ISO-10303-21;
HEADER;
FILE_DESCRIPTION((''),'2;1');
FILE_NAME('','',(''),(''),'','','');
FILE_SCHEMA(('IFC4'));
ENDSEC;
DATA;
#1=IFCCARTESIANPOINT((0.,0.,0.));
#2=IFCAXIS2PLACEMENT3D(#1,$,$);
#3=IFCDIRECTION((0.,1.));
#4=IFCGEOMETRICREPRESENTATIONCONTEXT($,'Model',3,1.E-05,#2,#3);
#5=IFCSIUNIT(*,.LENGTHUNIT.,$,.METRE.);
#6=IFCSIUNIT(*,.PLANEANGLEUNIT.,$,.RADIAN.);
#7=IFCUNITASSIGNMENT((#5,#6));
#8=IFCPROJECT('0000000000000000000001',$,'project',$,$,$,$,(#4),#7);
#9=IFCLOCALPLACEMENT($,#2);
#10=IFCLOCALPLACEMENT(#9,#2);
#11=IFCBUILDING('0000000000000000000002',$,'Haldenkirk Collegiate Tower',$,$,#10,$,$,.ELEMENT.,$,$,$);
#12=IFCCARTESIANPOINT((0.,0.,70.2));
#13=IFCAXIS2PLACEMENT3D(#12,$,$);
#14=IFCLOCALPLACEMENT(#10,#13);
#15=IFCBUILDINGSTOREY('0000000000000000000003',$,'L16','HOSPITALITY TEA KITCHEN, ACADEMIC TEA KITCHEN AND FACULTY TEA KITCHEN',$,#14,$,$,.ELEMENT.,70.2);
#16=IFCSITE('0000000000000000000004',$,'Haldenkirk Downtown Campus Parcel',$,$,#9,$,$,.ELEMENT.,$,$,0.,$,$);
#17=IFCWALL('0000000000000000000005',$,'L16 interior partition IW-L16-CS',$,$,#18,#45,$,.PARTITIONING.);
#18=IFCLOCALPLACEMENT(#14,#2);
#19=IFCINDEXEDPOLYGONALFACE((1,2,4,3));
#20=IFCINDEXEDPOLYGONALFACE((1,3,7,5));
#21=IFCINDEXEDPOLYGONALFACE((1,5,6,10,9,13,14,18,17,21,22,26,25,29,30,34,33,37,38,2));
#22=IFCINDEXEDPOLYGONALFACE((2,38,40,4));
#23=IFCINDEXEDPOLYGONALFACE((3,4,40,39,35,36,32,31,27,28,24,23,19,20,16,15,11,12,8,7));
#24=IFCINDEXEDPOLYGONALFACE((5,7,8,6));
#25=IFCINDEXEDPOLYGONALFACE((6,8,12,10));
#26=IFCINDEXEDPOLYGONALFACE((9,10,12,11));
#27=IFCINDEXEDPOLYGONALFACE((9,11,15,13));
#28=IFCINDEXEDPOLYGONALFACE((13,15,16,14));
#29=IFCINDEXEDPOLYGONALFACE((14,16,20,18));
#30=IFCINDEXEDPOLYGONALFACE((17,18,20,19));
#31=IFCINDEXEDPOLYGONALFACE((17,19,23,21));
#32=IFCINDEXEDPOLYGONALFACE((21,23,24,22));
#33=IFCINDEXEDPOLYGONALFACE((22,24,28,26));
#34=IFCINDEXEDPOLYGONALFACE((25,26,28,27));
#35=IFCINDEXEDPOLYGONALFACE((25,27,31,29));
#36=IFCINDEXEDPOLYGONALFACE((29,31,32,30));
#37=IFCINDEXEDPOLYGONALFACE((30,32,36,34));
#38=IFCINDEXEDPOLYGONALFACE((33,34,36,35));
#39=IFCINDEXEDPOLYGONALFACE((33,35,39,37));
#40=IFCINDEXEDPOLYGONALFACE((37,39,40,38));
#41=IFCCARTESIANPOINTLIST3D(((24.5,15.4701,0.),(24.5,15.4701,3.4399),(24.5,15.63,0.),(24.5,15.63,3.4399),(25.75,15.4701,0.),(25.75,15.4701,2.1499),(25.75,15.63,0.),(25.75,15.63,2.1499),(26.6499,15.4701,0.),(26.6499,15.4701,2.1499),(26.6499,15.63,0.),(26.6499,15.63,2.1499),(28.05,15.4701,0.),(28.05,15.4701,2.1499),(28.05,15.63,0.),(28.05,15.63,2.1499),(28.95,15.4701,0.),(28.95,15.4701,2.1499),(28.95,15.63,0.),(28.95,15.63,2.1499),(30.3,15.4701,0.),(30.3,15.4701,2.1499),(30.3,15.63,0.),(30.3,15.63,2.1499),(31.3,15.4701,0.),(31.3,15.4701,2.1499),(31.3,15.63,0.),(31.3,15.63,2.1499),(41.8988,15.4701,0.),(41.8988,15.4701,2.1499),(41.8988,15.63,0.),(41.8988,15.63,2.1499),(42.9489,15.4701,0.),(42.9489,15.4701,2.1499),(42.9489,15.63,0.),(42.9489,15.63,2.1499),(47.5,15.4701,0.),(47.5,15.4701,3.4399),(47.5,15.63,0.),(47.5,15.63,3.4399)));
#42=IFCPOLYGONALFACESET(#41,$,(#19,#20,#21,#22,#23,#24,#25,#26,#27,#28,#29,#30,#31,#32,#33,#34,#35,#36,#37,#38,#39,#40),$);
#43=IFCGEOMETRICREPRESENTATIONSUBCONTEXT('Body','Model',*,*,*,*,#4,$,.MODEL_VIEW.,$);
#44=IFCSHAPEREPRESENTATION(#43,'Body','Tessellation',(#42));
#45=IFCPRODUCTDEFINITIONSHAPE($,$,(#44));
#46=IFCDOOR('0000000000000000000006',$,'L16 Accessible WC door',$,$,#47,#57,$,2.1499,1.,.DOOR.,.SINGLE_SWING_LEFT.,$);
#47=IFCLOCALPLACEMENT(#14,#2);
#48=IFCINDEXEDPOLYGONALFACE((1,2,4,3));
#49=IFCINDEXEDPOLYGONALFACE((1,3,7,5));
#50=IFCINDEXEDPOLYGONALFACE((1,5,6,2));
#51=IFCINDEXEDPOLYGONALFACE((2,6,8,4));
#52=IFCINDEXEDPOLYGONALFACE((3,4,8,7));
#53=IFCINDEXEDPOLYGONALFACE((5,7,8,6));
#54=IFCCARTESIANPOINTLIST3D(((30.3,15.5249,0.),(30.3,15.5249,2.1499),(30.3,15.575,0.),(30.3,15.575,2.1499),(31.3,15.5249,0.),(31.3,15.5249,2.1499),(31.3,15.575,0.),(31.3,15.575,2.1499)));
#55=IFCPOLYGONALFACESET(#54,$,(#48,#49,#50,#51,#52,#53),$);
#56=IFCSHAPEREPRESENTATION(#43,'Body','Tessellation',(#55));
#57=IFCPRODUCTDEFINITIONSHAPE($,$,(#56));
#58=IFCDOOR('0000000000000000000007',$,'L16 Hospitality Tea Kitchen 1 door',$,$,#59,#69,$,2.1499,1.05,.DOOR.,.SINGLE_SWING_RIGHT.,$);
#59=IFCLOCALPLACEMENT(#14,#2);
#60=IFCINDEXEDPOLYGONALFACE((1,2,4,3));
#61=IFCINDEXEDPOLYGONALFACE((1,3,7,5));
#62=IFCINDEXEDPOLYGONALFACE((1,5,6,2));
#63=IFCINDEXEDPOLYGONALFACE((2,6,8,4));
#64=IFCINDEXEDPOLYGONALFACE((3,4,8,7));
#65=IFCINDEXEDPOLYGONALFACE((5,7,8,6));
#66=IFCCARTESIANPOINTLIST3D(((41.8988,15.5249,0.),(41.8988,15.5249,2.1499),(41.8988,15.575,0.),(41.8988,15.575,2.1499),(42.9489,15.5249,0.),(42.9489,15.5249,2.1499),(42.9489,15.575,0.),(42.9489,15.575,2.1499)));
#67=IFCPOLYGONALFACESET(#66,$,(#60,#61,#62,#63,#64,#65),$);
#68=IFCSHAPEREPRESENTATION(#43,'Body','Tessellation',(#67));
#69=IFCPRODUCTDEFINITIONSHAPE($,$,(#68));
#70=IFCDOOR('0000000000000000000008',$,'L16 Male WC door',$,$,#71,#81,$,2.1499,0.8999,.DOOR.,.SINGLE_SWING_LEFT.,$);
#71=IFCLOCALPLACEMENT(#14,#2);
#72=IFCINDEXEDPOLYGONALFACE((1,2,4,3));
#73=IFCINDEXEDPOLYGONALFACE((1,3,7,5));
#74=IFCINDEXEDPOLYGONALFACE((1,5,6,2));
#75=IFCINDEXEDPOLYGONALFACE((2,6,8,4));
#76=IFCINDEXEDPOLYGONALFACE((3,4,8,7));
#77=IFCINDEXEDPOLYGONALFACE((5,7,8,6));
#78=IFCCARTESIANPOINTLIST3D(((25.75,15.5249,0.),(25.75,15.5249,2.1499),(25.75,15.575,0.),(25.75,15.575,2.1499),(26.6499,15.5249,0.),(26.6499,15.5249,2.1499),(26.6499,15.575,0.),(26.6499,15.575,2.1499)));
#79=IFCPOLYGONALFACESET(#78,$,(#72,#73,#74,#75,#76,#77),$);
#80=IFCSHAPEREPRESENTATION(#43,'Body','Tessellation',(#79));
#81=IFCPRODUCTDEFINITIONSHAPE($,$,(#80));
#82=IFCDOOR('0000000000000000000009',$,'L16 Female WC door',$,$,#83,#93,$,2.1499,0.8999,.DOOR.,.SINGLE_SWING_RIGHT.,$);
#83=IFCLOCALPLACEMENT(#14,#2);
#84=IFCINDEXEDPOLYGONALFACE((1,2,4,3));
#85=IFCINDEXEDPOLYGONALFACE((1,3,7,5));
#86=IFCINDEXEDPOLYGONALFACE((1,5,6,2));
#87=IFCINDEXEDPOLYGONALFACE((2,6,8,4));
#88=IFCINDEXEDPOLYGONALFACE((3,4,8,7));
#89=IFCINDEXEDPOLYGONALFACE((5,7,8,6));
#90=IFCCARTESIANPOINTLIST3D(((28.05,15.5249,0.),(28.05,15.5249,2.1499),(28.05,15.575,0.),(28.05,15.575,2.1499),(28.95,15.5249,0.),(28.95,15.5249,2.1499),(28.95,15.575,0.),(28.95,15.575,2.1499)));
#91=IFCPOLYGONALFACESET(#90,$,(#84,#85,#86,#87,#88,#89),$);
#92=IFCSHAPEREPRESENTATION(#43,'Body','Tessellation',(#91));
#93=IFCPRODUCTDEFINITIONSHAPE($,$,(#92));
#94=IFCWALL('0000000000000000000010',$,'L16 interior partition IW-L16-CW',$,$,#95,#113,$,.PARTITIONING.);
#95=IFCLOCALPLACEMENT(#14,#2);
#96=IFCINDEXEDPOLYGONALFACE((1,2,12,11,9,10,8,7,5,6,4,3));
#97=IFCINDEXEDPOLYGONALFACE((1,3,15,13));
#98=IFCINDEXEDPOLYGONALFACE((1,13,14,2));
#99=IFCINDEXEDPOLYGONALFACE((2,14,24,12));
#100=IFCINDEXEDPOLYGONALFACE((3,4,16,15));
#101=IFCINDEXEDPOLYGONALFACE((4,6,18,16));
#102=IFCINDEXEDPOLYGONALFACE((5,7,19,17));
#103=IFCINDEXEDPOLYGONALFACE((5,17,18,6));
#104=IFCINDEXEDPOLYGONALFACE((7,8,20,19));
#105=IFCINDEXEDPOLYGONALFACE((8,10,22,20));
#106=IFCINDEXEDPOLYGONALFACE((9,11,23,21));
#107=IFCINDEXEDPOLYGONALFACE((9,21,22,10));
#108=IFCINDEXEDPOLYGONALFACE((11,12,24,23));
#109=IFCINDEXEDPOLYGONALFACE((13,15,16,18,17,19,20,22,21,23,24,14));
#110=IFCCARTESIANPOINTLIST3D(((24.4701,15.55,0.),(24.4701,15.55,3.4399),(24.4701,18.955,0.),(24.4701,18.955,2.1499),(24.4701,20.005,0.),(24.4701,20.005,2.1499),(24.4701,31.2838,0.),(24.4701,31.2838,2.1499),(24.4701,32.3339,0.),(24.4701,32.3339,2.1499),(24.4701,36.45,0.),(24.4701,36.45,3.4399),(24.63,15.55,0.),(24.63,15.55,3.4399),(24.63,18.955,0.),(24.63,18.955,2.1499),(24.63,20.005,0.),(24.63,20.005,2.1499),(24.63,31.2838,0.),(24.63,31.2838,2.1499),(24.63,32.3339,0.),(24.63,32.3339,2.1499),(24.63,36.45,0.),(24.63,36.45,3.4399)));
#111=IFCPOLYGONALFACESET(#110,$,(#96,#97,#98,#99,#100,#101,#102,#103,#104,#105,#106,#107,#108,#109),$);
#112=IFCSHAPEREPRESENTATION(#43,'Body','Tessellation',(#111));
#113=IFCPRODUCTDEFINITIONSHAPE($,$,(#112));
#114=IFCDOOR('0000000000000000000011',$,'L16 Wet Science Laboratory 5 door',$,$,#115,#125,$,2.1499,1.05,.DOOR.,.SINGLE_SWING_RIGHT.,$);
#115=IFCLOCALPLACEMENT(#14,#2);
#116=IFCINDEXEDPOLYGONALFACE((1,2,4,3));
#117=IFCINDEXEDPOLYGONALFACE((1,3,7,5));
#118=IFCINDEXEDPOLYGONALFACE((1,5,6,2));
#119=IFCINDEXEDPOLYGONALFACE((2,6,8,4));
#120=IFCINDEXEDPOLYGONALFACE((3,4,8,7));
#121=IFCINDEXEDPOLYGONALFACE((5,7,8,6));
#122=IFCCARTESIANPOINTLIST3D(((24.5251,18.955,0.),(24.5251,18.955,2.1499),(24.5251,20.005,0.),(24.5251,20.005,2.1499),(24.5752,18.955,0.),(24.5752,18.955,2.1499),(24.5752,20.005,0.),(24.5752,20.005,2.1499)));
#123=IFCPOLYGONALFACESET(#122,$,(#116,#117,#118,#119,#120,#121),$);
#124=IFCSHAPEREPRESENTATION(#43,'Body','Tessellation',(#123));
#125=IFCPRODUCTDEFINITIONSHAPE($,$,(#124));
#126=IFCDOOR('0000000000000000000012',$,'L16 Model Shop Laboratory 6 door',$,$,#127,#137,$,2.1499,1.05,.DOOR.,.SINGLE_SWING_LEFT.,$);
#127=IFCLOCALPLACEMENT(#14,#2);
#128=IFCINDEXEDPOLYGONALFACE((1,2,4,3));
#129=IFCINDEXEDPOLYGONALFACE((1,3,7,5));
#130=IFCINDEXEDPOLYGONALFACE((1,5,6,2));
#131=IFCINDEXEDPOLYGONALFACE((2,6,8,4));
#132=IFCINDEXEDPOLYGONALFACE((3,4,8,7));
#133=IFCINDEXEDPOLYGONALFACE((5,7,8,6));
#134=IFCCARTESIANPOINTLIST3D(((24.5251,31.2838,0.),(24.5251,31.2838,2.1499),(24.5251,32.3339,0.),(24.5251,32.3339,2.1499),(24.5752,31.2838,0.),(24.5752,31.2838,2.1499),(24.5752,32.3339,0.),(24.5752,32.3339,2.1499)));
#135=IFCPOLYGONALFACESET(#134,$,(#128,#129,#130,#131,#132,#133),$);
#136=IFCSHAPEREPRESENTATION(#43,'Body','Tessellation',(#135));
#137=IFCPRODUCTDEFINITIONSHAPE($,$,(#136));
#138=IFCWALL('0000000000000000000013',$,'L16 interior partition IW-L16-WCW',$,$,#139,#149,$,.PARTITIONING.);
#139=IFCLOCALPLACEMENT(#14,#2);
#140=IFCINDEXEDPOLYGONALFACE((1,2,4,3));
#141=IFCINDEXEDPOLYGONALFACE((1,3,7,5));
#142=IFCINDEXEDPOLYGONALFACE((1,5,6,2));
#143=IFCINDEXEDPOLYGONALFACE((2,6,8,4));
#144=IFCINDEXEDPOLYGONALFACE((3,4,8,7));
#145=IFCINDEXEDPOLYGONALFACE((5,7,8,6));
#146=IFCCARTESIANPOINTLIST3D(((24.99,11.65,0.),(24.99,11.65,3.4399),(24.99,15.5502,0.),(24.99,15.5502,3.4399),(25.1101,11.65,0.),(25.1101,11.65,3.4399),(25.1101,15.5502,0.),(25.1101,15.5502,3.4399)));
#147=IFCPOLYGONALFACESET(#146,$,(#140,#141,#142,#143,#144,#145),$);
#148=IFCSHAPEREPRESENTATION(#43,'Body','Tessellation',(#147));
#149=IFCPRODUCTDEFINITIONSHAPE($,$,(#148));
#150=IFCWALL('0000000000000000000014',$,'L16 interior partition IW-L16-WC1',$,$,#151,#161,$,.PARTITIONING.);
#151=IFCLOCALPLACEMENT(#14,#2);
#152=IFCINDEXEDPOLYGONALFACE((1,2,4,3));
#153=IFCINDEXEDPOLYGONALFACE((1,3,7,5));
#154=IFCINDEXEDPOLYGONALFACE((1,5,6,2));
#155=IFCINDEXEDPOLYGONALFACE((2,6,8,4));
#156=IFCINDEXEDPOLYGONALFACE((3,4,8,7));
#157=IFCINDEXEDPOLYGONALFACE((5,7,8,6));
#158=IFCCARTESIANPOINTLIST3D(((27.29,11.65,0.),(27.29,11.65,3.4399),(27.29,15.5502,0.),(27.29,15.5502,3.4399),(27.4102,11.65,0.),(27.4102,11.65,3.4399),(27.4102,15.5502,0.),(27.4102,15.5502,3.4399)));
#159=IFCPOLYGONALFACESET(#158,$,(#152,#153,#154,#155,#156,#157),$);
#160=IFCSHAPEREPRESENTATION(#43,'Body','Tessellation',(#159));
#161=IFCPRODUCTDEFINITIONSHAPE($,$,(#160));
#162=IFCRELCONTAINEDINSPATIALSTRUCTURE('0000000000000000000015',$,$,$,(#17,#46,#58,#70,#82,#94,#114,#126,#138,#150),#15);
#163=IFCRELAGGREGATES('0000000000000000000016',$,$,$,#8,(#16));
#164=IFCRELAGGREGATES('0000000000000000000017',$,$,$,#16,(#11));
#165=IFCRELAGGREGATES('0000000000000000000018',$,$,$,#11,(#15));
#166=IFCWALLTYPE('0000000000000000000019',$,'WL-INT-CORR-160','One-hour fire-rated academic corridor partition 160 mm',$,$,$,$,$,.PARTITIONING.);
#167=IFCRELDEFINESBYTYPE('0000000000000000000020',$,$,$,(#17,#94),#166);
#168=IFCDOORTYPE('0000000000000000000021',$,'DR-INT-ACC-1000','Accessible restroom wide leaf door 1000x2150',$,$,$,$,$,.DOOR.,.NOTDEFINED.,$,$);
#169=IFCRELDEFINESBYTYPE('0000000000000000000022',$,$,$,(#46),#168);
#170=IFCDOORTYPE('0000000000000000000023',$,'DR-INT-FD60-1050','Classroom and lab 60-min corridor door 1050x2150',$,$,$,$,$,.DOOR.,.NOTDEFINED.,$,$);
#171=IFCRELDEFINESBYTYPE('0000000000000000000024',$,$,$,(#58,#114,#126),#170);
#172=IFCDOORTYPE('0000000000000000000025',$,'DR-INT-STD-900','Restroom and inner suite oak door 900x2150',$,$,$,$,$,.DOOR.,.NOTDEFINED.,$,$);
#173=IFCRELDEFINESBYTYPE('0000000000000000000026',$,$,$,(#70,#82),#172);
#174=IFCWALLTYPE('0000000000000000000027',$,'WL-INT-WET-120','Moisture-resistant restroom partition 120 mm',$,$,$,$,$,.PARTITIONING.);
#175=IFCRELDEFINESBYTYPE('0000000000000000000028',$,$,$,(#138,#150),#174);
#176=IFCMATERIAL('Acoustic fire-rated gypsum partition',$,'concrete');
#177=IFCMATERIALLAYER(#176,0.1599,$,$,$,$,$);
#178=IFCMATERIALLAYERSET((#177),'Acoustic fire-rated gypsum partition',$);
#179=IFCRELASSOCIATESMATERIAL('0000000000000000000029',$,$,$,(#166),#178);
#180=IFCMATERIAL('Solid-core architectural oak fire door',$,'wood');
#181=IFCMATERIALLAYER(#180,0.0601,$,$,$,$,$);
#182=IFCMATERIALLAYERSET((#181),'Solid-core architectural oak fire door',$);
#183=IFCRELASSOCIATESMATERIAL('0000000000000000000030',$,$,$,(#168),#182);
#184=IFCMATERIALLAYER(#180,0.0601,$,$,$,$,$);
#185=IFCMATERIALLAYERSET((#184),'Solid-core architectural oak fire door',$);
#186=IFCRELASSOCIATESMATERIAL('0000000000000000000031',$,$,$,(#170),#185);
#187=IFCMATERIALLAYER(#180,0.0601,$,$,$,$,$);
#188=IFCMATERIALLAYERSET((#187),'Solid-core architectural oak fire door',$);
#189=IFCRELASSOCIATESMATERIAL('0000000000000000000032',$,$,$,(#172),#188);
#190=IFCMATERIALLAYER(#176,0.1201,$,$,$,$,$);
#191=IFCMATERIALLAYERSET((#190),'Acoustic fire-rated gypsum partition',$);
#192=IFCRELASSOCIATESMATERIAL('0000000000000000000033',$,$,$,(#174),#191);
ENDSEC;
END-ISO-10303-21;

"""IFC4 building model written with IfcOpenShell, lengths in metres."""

from ifc_helpers import new_model, si_unit, direction, frame, frame_2d, origin, place, context, subcontext, project, spatial, rectangle, extrude, material, layer, layer_set, type_object, element, fill, save


model = new_model("IFC4")

# Units and contexts
model_context = context("Model", 3, precision=1e-05, world=origin(), true_north=direction((0.0, 1.0)))
body_context = subcontext(model_context, "Body", "Model", "MODEL_VIEW")
ifc_project = project(units=[si_unit("LENGTHUNIT", "METRE"), si_unit("PLANEANGLEUNIT", "RADIAN")], contexts=[model_context])

# Site, building, storey
site_placement = place(None, origin())
site = spatial("IfcSite", under=ifc_project, at=site_placement, Name="Haldenkirk Downtown Campus Parcel", CompositionType="ELEMENT", RefElevation=0.0)
building_placement = place(site_placement, origin())
building = spatial("IfcBuilding", under=site, at=building_placement, Name="Haldenkirk Collegiate Tower", CompositionType="ELEMENT")
storey_placement = place(building_placement, frame((0.0, 0.0, 70.2)))
storey = spatial("IfcBuildingStorey", under=building, at=storey_placement, Name="L16", Description="HOSPITALITY TEA KITCHEN, ACADEMIC TEA KITCHEN AND FACULTY TEA KITCHEN", CompositionType="ELEMENT", Elevation=70.2)

# Walls, openings, doors
ifc_material_1 = material(Name="Acoustic fire-rated gypsum partition", Category="concrete")
ifc_layer_1 = layer(ifc_material_1, 0.1599)
ifc_layer_set_1 = layer_set([ifc_layer_1], Name="Acoustic fire-rated gypsum partition")
wall_type_1 = type_object("IfcWallType", Name="WL-INT-CORR-160", Description="One-hour fire-rated academic corridor partition 160 mm", PredefinedType="PARTITIONING", material=ifc_layer_set_1)
wall_1_placement = place(storey_placement, frame((24.5, 15.55, 0.0), z_axis=(0.0, 0.0, 1.0), x_axis=(1.0, 0.0, 0.0)))
wall_1 = element("IfcWall", 1, at=wall_1_placement, inside=storey, type_object=wall_type_1, Name="L16 interior partition IW-L16-CS", PredefinedType="PARTITIONING", context=body_context, shape_type="SweptSolid", body=[
    extrude(rectangle(XDim=23.0, YDim=0.1599, at=frame_2d((11.5, 0.0))), origin(), (0.0, 0.0, 1.0), 3.4399),
])
opening_1_placement = place(wall_1_placement, frame((1.25, 0.0, 0.0)))
opening_1 = element("IfcOpeningElement", 2, at=opening_1_placement, cuts=wall_1, PredefinedType="OPENING", context=body_context, shape_type="SweptSolid", body=[
    extrude(rectangle(XDim=0.8999, YDim=2.1499, at=frame_2d((0.45, 1.075))), frame((0.0, 0.0898, 0.0), z_axis=(0.0, -1.0, 0.0), x_axis=(1.0, 0.0, 0.0)), (0.0, 0.0, 1.0), 0.1799),
])
opening_2_placement = place(wall_1_placement, frame((3.55, 0.0, 0.0)))
opening_2 = element("IfcOpeningElement", 3, at=opening_2_placement, cuts=wall_1, PredefinedType="OPENING", context=body_context, shape_type="SweptSolid", body=[
    extrude(rectangle(XDim=0.8999, YDim=2.1499, at=frame_2d((0.45, 1.075))), frame((0.0, 0.0898, 0.0), z_axis=(0.0, -1.0, 0.0), x_axis=(1.0, 0.0, 0.0)), (0.0, 0.0, 1.0), 0.1799),
])
opening_3_placement = place(wall_1_placement, frame((5.8, 0.0, 0.0)))
opening_3 = element("IfcOpeningElement", 4, at=opening_3_placement, cuts=wall_1, PredefinedType="OPENING", context=body_context, shape_type="SweptSolid", body=[
    extrude(rectangle(XDim=1.0, YDim=2.1499, at=frame_2d((0.5, 1.075))), frame((0.0, 0.0898, 0.0), z_axis=(0.0, -1.0, 0.0), x_axis=(1.0, 0.0, 0.0)), (0.0, 0.0, 1.0), 0.1799),
])
opening_4_placement = place(wall_1_placement, frame((17.3989, 0.0, 0.0)))
opening_4 = element("IfcOpeningElement", 5, at=opening_4_placement, cuts=wall_1, PredefinedType="OPENING", context=body_context, shape_type="SweptSolid", body=[
    extrude(rectangle(XDim=1.05, YDim=2.1499, at=frame_2d((0.5249, 1.075))), frame((0.0, 0.0898, 0.0), z_axis=(0.0, -1.0, 0.0), x_axis=(1.0, 0.0, 0.0)), (0.0, 0.0, 1.0), 0.1799),
])
ifc_material_2 = material(Name="Solid-core architectural oak fire door", Category="wood")
ifc_layer_2 = layer(ifc_material_2, 0.0601)
ifc_layer_set_2 = layer_set([ifc_layer_2], Name="Solid-core architectural oak fire door")
door_type_1 = type_object("IfcDoorType", Name="DR-INT-ACC-1000", Description="Accessible restroom wide leaf door 1000x2150", OperationType="NOTDEFINED", PredefinedType="DOOR", material=ifc_layer_set_2)
door_1_placement = place(opening_3_placement, origin())
door_1 = element("IfcDoor", 6, at=door_1_placement, inside=storey, type_object=door_type_1, Name="L16 Accessible WC door", OperationType="SINGLE_SWING_LEFT", OverallHeight=2.1499, OverallWidth=1.0, PredefinedType="DOOR", context=body_context, shape_type="SweptSolid", body=[
    extrude(rectangle(XDim=1.0, YDim=2.1499, at=frame_2d((0.5, 1.075))), frame((0.0, 0.0249, 0.0), z_axis=(0.0, -1.0, 0.0), x_axis=(1.0, 0.0, 0.0)), (0.0, 0.0, 1.0), 0.05),
])
fill(opening_3, door_1)
ifc_layer_3 = layer(ifc_material_2, 0.0601)
ifc_layer_set_3 = layer_set([ifc_layer_3], Name="Solid-core architectural oak fire door")
door_type_2 = type_object("IfcDoorType", Name="DR-INT-FD60-1050", Description="Classroom and lab 60-min corridor door 1050x2150", OperationType="NOTDEFINED", PredefinedType="DOOR", material=ifc_layer_set_3)
door_2_placement = place(opening_4_placement, origin())
door_2 = element("IfcDoor", 7, at=door_2_placement, inside=storey, type_object=door_type_2, Name="L16 Hospitality Tea Kitchen 1 door", OperationType="SINGLE_SWING_RIGHT", OverallHeight=2.1499, OverallWidth=1.05, PredefinedType="DOOR", context=body_context, shape_type="SweptSolid", body=[
    extrude(rectangle(XDim=1.05, YDim=2.1499, at=frame_2d((0.5249, 1.075))), frame((0.0, 0.0249, 0.0), z_axis=(0.0, -1.0, 0.0), x_axis=(1.0, 0.0, 0.0)), (0.0, 0.0, 1.0), 0.05),
])
fill(opening_4, door_2)
ifc_layer_4 = layer(ifc_material_2, 0.0601)
ifc_layer_set_4 = layer_set([ifc_layer_4], Name="Solid-core architectural oak fire door")
door_type_3 = type_object("IfcDoorType", Name="DR-INT-STD-900", Description="Restroom and inner suite oak door 900x2150", OperationType="NOTDEFINED", PredefinedType="DOOR", material=ifc_layer_set_4)
door_3_placement = place(opening_1_placement, origin())
door_3 = element("IfcDoor", 8, at=door_3_placement, inside=storey, type_object=door_type_3, Name="L16 Male WC door", OperationType="SINGLE_SWING_LEFT", OverallHeight=2.1499, OverallWidth=0.8999, PredefinedType="DOOR", context=body_context, shape_type="SweptSolid", body=[
    extrude(rectangle(XDim=0.8999, YDim=2.1499, at=frame_2d((0.45, 1.075))), frame((0.0, 0.0249, 0.0), z_axis=(0.0, -1.0, 0.0), x_axis=(1.0, 0.0, 0.0)), (0.0, 0.0, 1.0), 0.05),
])
fill(opening_1, door_3)
door_4_placement = place(opening_2_placement, origin())
door_4 = element("IfcDoor", 9, at=door_4_placement, inside=storey, type_object=door_type_3, Name="L16 Female WC door", OperationType="SINGLE_SWING_RIGHT", OverallHeight=2.1499, OverallWidth=0.8999, PredefinedType="DOOR", context=body_context, shape_type="SweptSolid", body=[
    extrude(rectangle(XDim=0.8999, YDim=2.1499, at=frame_2d((0.45, 1.075))), frame((0.0, 0.0249, 0.0), z_axis=(0.0, -1.0, 0.0), x_axis=(1.0, 0.0, 0.0)), (0.0, 0.0, 1.0), 0.05),
])
fill(opening_2, door_4)
wall_2_placement = place(storey_placement, frame((24.55, 15.55, 0.0), z_axis=(0.0, 0.0, 1.0), x_axis=(0.0, 1.0, 0.0)))
wall_2 = element("IfcWall", 10, at=wall_2_placement, inside=storey, type_object=wall_type_1, Name="L16 interior partition IW-L16-CW", PredefinedType="PARTITIONING", context=body_context, shape_type="SweptSolid", body=[
    extrude(rectangle(XDim=20.8999, YDim=0.1599, at=frame_2d((10.45, 0.0))), origin(), (0.0, 0.0, 1.0), 3.4399),
])
opening_5_placement = place(wall_2_placement, frame((3.405, 0.0, 0.0)))
opening_5 = element("IfcOpeningElement", 11, at=opening_5_placement, cuts=wall_2, PredefinedType="OPENING", context=body_context, shape_type="SweptSolid", body=[
    extrude(rectangle(XDim=1.05, YDim=2.1499, at=frame_2d((0.5249, 1.075))), frame((0.0, 0.0898, 0.0), z_axis=(0.0, -1.0, 0.0), x_axis=(1.0, 0.0, 0.0)), (0.0, 0.0, 1.0), 0.1799),
])
opening_6_placement = place(wall_2_placement, frame((15.7339, 0.0, 0.0)))
opening_6 = element("IfcOpeningElement", 12, at=opening_6_placement, cuts=wall_2, PredefinedType="OPENING", context=body_context, shape_type="SweptSolid", body=[
    extrude(rectangle(XDim=1.05, YDim=2.1499, at=frame_2d((0.5249, 1.075))), frame((0.0, 0.0898, 0.0), z_axis=(0.0, -1.0, 0.0), x_axis=(1.0, 0.0, 0.0)), (0.0, 0.0, 1.0), 0.1799),
])
door_5_placement = place(opening_5_placement, origin())
door_5 = element("IfcDoor", 13, at=door_5_placement, inside=storey, type_object=door_type_2, Name="L16 Wet Science Laboratory 5 door", OperationType="SINGLE_SWING_RIGHT", OverallHeight=2.1499, OverallWidth=1.05, PredefinedType="DOOR", context=body_context, shape_type="SweptSolid", body=[
    extrude(rectangle(XDim=1.05, YDim=2.1499, at=frame_2d((0.5249, 1.075))), frame((0.0, 0.0249, 0.0), z_axis=(0.0, -1.0, 0.0), x_axis=(1.0, 0.0, 0.0)), (0.0, 0.0, 1.0), 0.05),
])
fill(opening_5, door_5)
door_6_placement = place(opening_6_placement, origin())
door_6 = element("IfcDoor", 14, at=door_6_placement, inside=storey, type_object=door_type_2, Name="L16 Model Shop Laboratory 6 door", OperationType="SINGLE_SWING_LEFT", OverallHeight=2.1499, OverallWidth=1.05, PredefinedType="DOOR", context=body_context, shape_type="SweptSolid", body=[
    extrude(rectangle(XDim=1.05, YDim=2.1499, at=frame_2d((0.5249, 1.075))), frame((0.0, 0.0249, 0.0), z_axis=(0.0, -1.0, 0.0), x_axis=(1.0, 0.0, 0.0)), (0.0, 0.0, 1.0), 0.05),
])
fill(opening_6, door_6)

# Walls
ifc_layer_5 = layer(ifc_material_1, 0.1201)
ifc_layer_set_5 = layer_set([ifc_layer_5], Name="Acoustic fire-rated gypsum partition")
wall_type_2 = type_object("IfcWallType", Name="WL-INT-WET-120", Description="Moisture-resistant restroom partition 120 mm", PredefinedType="PARTITIONING", material=ifc_layer_set_5)
for number, where, z_axis, x_axis, name in (
    (15, (25.05, 11.6499, 0.0), (0.0, 0.0, 1.0), (0.0, 1.0, 0.0), "L16 interior partition IW-L16-WCW"),
    (16, (27.3501, 11.6499, 0.0), (0.0, 0.0, 1.0), (0.0, 1.0, 0.0), "L16 interior partition IW-L16-WC1"),
):
    element("IfcWall", number, at=place(storey_placement, frame(where, z_axis=z_axis, x_axis=x_axis)), inside=storey, type_object=wall_type_2, Name=name, PredefinedType="PARTITIONING", context=body_context, shape_type="SweptSolid", body=[
        extrude(rectangle(XDim=3.9001, YDim=0.1201, at=frame_2d((1.9502, 0.0))), origin(), (0.0, 0.0, 1.0), 3.4399),
    ])

save(model, "model.ifc")
